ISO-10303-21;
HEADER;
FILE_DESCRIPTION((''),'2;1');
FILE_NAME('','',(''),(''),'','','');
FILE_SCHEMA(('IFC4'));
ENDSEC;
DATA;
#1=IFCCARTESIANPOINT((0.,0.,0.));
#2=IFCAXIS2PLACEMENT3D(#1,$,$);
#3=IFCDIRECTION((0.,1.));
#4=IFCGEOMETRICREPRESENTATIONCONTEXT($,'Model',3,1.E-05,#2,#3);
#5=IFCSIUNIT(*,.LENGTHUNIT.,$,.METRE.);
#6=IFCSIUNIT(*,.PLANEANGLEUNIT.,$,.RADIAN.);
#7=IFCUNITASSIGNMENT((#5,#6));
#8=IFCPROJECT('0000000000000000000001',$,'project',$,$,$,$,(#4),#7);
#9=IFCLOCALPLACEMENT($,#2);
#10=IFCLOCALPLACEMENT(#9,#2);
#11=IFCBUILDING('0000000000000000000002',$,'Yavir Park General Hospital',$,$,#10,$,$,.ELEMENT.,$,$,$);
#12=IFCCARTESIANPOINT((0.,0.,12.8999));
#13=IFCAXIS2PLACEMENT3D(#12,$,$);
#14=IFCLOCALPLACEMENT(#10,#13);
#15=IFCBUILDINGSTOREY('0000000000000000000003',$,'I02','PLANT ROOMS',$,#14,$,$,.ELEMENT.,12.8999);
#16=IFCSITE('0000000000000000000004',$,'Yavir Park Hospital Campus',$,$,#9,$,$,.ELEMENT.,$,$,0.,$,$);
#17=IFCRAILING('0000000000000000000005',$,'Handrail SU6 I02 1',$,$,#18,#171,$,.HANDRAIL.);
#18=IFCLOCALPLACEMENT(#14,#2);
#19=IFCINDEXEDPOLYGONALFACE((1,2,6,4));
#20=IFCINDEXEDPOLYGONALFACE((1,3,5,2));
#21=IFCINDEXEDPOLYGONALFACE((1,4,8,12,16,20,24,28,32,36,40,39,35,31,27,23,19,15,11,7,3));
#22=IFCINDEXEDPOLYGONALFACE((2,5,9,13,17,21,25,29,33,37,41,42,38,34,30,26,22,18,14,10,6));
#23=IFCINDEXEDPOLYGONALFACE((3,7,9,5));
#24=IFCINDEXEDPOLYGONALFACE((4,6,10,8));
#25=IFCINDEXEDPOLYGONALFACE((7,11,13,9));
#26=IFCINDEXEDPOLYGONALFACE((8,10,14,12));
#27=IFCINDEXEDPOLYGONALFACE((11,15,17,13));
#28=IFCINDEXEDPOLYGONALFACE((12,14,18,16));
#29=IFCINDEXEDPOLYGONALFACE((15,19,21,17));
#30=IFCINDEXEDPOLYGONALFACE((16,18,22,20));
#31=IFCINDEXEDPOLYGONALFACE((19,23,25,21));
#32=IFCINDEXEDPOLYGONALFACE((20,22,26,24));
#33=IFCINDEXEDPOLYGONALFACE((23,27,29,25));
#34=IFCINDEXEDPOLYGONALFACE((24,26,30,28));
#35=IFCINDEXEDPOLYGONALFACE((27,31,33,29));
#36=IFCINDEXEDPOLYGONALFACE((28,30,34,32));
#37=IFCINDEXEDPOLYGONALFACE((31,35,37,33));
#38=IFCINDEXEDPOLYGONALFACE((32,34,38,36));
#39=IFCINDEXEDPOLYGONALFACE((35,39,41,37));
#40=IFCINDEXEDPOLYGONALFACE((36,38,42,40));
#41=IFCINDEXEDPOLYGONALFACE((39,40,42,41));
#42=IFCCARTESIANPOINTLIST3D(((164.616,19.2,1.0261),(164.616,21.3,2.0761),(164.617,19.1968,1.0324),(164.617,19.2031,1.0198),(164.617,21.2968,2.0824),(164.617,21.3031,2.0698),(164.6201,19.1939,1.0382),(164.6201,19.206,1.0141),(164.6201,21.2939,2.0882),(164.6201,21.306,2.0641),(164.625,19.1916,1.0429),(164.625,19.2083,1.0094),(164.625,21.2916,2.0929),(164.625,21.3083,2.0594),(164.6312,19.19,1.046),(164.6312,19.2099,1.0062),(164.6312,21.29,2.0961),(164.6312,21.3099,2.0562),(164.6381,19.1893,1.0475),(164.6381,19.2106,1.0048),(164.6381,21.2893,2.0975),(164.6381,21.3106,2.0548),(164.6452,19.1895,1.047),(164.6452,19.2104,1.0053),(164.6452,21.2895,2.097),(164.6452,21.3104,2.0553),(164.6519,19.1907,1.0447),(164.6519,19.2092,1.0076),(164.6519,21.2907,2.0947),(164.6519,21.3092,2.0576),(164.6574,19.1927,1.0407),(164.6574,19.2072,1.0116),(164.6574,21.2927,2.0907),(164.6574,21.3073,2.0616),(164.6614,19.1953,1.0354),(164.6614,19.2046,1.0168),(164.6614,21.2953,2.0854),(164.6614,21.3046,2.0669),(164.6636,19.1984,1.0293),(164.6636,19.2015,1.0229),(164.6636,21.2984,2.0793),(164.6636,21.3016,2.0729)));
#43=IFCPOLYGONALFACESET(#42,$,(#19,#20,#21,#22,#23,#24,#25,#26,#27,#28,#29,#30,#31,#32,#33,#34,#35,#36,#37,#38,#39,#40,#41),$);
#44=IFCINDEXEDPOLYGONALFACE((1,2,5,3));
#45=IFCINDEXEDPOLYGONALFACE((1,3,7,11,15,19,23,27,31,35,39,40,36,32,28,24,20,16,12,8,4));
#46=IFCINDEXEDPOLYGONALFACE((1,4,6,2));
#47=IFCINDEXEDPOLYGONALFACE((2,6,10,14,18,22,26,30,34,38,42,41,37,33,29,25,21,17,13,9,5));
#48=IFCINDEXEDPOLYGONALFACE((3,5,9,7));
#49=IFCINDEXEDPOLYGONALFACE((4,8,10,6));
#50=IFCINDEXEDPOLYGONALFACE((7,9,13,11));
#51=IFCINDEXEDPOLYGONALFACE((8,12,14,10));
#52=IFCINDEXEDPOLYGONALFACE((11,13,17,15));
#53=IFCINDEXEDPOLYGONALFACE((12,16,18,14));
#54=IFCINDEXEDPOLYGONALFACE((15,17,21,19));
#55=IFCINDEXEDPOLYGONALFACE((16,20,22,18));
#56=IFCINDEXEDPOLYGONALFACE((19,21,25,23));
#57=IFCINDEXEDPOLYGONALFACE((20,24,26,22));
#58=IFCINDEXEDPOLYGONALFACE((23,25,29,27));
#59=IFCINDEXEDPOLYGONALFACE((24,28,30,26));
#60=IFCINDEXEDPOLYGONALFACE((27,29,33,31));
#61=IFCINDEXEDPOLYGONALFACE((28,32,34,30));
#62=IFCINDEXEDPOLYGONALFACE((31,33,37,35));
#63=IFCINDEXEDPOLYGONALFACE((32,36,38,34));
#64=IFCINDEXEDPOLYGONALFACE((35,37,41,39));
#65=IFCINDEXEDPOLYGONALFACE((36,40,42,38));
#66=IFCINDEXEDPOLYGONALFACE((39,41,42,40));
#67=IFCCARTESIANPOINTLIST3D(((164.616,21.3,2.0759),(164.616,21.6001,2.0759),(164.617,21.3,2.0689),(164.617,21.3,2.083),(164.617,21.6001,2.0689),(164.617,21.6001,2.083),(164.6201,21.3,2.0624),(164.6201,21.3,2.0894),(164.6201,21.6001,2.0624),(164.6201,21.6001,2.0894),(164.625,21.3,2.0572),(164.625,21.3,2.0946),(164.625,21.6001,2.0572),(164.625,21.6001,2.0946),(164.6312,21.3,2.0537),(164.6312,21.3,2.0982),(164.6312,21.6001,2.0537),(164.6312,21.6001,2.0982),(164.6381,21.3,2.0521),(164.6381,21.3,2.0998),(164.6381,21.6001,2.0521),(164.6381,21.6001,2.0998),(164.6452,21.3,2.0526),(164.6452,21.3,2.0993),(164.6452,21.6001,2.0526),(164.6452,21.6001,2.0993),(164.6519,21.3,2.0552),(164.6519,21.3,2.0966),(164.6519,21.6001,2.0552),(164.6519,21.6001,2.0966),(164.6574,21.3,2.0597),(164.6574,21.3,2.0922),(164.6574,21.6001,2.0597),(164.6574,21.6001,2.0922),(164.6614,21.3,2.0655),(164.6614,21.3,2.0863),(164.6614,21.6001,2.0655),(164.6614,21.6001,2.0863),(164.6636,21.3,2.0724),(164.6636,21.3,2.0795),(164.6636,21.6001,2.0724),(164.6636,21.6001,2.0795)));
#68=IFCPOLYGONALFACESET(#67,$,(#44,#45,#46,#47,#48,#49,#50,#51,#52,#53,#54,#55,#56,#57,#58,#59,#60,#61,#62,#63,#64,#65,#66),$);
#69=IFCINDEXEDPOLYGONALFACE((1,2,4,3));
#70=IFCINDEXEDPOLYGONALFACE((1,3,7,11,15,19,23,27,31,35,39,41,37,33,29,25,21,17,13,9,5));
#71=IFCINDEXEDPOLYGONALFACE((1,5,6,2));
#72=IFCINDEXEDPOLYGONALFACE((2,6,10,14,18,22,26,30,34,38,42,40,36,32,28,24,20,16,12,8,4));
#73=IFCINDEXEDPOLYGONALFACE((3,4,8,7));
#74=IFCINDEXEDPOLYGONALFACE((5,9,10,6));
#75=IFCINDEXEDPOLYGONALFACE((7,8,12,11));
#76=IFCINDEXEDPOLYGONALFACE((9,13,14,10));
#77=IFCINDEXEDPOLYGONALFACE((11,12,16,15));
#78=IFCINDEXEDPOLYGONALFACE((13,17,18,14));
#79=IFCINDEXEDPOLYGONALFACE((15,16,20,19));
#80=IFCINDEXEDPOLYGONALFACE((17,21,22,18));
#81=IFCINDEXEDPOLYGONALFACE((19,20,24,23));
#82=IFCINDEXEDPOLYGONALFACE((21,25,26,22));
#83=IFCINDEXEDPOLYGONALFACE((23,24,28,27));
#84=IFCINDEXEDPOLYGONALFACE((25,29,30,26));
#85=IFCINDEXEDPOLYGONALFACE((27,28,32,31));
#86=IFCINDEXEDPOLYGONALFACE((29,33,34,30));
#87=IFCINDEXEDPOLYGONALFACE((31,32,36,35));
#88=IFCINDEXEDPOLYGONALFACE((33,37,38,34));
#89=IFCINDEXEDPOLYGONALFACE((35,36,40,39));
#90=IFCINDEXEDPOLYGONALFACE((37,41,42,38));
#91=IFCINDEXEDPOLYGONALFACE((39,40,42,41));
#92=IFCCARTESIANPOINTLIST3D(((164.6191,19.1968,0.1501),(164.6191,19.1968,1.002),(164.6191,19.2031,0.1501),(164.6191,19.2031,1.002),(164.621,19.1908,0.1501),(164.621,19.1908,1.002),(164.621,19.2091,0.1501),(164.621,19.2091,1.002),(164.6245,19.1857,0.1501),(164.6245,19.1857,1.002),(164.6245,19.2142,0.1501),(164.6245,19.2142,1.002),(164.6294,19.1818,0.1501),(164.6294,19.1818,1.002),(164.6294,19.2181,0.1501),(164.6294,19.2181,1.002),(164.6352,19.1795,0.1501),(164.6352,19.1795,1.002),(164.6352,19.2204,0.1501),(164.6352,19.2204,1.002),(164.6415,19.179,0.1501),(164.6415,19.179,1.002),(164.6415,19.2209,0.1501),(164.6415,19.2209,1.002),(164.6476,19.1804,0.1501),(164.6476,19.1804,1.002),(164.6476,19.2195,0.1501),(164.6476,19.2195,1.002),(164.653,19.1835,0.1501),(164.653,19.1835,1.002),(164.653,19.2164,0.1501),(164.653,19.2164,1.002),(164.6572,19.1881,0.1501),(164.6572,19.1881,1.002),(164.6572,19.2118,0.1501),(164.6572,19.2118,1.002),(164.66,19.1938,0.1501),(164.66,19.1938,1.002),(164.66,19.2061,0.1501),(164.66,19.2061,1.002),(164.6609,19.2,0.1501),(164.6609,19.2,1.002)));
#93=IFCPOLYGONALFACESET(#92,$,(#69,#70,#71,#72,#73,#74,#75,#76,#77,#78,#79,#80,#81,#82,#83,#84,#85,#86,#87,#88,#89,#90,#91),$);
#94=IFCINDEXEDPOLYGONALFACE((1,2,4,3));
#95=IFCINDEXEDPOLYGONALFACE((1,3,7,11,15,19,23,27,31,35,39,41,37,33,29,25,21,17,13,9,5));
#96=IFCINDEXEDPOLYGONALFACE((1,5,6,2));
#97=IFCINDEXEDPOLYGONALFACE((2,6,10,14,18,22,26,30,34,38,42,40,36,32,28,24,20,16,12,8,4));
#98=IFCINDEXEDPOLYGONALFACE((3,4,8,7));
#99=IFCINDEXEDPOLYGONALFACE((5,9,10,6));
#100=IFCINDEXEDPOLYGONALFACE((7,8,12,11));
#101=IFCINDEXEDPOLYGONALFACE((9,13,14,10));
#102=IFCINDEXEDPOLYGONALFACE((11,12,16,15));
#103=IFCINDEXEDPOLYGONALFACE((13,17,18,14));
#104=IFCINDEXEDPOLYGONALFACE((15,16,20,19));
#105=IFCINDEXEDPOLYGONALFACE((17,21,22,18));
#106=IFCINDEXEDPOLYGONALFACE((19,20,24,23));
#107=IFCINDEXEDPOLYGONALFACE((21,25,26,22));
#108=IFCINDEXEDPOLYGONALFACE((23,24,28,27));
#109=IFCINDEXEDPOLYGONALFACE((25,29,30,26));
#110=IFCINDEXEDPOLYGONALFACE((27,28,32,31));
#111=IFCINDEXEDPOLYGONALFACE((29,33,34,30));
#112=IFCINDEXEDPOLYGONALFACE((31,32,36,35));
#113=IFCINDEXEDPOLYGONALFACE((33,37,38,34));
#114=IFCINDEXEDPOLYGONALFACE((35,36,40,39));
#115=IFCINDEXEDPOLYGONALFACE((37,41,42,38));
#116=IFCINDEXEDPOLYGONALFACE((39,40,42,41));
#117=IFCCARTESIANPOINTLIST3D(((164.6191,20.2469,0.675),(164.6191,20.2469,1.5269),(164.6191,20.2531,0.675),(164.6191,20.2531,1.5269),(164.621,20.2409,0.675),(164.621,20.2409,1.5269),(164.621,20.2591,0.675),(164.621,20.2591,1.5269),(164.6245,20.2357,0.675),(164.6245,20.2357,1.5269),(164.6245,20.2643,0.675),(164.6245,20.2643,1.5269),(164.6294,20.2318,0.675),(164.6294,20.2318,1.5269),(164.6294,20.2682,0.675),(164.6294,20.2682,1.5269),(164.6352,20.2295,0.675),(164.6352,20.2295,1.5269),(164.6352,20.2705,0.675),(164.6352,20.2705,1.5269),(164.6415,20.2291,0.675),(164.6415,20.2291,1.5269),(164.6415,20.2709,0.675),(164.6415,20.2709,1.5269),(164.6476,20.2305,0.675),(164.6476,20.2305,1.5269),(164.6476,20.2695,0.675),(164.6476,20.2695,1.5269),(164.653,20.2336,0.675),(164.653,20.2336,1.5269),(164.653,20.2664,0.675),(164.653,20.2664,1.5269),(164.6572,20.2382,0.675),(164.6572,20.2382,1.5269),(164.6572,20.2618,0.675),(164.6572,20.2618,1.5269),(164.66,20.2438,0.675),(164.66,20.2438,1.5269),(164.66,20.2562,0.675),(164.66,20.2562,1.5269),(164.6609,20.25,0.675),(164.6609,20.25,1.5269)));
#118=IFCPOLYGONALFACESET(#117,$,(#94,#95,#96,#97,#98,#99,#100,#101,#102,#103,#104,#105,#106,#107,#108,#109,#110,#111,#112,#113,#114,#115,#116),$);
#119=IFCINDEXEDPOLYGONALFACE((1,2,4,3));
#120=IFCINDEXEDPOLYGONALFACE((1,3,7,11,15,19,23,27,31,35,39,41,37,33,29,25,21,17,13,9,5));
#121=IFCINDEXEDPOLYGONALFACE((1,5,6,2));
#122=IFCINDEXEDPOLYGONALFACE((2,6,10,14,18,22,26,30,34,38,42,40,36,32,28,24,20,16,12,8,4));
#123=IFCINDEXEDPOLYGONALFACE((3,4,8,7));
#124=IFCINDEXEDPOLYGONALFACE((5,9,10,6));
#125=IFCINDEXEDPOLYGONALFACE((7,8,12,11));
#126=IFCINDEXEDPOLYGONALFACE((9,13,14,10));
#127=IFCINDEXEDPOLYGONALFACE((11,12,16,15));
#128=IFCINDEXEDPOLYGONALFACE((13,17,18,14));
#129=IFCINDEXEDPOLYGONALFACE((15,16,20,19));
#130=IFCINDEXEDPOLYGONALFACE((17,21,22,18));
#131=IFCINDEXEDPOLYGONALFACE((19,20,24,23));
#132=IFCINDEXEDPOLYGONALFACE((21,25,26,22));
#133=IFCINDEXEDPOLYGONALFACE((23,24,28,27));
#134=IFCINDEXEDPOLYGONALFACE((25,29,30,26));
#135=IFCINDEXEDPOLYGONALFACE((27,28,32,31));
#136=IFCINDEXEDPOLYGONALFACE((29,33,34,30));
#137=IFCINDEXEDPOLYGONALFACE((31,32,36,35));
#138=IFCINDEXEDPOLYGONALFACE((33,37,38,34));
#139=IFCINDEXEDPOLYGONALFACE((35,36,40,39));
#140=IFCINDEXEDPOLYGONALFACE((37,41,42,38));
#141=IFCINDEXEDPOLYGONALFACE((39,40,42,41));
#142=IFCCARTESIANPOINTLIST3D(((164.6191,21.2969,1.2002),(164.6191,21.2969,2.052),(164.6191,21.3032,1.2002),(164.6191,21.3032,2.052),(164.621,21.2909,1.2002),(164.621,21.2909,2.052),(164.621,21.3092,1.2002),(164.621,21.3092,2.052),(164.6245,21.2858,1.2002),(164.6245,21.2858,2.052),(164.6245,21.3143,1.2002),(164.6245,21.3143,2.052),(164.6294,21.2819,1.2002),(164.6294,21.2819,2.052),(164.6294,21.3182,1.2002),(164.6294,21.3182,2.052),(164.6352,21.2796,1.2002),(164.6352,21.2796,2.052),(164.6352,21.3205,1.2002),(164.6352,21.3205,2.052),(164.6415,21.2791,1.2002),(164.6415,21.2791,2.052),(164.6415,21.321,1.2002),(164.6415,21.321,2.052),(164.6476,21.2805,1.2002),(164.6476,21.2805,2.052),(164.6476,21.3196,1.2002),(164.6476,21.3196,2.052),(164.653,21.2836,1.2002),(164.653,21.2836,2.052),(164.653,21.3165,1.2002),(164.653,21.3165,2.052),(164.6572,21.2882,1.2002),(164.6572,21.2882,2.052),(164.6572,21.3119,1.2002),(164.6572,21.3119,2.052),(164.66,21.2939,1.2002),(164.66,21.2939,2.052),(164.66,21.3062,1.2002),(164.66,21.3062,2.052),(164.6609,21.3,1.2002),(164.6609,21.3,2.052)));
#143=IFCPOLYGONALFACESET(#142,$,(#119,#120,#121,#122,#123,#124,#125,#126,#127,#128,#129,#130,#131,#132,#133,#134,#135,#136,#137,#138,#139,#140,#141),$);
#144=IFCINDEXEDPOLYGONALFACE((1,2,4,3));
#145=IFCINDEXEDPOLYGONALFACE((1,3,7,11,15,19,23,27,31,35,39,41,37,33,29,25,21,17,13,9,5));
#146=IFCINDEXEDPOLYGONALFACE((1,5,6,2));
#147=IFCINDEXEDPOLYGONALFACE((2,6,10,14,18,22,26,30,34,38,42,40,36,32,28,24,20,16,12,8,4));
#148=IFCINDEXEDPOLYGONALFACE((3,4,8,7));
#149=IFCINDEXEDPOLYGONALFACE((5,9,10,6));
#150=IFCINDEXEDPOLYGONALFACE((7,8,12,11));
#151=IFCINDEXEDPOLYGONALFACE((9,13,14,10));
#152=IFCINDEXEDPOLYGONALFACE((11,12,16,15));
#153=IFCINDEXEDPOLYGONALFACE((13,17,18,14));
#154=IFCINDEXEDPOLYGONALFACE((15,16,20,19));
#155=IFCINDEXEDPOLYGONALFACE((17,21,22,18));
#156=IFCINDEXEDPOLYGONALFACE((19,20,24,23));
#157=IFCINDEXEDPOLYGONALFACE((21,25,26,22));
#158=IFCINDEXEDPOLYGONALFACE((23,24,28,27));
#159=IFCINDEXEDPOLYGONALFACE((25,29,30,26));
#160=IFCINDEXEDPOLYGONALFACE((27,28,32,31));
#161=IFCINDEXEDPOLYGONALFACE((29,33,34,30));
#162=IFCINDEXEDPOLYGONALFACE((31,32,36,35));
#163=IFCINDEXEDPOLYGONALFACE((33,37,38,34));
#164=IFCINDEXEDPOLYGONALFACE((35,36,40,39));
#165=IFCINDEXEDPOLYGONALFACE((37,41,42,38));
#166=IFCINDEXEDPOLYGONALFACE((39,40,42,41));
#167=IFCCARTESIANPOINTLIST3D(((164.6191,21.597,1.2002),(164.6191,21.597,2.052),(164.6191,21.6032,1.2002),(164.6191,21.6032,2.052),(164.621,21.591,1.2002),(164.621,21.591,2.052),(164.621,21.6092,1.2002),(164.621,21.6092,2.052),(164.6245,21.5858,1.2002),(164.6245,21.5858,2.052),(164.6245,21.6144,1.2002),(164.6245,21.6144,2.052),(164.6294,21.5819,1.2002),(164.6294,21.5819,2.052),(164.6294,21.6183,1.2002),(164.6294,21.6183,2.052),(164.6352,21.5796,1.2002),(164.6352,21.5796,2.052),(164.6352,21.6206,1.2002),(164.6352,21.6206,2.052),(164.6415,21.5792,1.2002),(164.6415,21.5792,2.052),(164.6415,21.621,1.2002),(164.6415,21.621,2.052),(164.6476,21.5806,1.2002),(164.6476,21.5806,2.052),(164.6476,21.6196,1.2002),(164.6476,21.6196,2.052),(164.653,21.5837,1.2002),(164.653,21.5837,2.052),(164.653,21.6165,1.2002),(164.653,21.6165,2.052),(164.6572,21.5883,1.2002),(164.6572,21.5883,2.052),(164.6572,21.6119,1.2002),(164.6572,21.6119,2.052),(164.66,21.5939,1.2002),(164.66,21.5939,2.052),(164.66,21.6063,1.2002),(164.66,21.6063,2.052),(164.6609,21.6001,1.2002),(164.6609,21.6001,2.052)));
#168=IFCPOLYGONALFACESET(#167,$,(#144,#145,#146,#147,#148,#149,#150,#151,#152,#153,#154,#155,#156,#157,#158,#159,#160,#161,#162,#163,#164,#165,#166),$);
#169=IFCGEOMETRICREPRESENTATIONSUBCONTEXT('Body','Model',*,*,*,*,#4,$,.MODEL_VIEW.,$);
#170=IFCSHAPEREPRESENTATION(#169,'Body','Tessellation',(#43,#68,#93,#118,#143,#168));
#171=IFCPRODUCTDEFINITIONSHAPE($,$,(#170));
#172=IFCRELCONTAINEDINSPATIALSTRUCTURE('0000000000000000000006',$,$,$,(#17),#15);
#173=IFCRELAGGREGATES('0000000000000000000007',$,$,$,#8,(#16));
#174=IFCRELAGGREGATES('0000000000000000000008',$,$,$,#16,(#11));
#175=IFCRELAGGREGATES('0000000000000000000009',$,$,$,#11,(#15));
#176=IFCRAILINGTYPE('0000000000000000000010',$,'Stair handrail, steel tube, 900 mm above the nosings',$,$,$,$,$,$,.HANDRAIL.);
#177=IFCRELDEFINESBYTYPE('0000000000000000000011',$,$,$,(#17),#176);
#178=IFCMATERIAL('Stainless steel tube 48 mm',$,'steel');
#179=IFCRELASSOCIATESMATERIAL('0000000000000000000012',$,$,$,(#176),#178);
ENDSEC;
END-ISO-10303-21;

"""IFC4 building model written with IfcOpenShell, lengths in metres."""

from ifc_helpers import new_model, si_unit, direction, frame, origin, origin_2d, place, context, subcontext, project, spatial, circle, extrude, material, type_object, element, save


model = new_model("IFC4")

# Units and contexts
model_context = context("Model", 3, precision=1e-05, world=origin(), true_north=direction((0.0, 1.0)))
body_context = subcontext(model_context, "Body", "Model", "MODEL_VIEW")
ifc_project = project(units=[si_unit("LENGTHUNIT", "METRE"), si_unit("PLANEANGLEUNIT", "RADIAN")], contexts=[model_context])

# Site, building, storey
site_placement = place(None, origin())
site = spatial("IfcSite", under=ifc_project, at=site_placement, Name="Yavir Park Hospital Campus", CompositionType="ELEMENT", RefElevation=0.0)
building_placement = place(site_placement, origin())
building = spatial("IfcBuilding", under=site, at=building_placement, Name="Yavir Park General Hospital", CompositionType="ELEMENT")
storey_placement = place(building_placement, frame((0.0, 0.0, 12.8999)))
storey = spatial("IfcBuildingStorey", under=building, at=storey_placement, Name="I02", Description="PLANT ROOMS", CompositionType="ELEMENT", Elevation=12.8999)

# Railing
ifc_material_1 = material(Name="Stainless steel tube 48 mm", Category="steel")
railing_type_1 = type_object("IfcRailingType", Name="Stair handrail, steel tube, 900 mm above the nosings", PredefinedType="HANDRAIL", material=ifc_material_1)
for number, where, name in (
    (1, (164.6399, 19.2, 0.1501), "Handrail SU6 I02 1"),
):
    element("IfcRailing", number, at=place(storey_placement, frame(where)), inside=storey, type_object=railing_type_1, Name=name, PredefinedType="HANDRAIL", context=body_context, shape_type="SweptSolid", body=[
        extrude(circle(Radius=0.0239, at=origin_2d()), frame((0.0, 0.0, 0.876), z_axis=(0.0, 0.894427, 0.447214), x_axis=(-1.0, 0.0, 0.0)), (0.0, 0.0, 1.0), 2.3479),
        extrude(circle(Radius=0.0239, at=origin_2d()), frame((0.0, 2.1001, 1.9258), z_axis=(0.0, 1.0, 0.0), x_axis=(-1.0, 0.0, 0.0)), (0.0, 0.0, 1.0), 0.3),
        extrude(circle(Radius=0.021, at=origin_2d()), origin(), (0.0, 0.0, 1.0), 0.8518),
        extrude(circle(Radius=0.021, at=origin_2d()), frame((0.0, 1.05, 0.5249)), (0.0, 0.0, 1.0), 0.8518),
        extrude(circle(Radius=0.021, at=origin_2d()), frame((0.0, 2.1001, 1.05)), (0.0, 0.0, 1.0), 0.8518),
        extrude(circle(Radius=0.021, at=origin_2d()), frame((0.0, 2.4001, 1.05)), (0.0, 0.0, 1.0), 0.8518),
    ])

save(model, "model.ifc")
